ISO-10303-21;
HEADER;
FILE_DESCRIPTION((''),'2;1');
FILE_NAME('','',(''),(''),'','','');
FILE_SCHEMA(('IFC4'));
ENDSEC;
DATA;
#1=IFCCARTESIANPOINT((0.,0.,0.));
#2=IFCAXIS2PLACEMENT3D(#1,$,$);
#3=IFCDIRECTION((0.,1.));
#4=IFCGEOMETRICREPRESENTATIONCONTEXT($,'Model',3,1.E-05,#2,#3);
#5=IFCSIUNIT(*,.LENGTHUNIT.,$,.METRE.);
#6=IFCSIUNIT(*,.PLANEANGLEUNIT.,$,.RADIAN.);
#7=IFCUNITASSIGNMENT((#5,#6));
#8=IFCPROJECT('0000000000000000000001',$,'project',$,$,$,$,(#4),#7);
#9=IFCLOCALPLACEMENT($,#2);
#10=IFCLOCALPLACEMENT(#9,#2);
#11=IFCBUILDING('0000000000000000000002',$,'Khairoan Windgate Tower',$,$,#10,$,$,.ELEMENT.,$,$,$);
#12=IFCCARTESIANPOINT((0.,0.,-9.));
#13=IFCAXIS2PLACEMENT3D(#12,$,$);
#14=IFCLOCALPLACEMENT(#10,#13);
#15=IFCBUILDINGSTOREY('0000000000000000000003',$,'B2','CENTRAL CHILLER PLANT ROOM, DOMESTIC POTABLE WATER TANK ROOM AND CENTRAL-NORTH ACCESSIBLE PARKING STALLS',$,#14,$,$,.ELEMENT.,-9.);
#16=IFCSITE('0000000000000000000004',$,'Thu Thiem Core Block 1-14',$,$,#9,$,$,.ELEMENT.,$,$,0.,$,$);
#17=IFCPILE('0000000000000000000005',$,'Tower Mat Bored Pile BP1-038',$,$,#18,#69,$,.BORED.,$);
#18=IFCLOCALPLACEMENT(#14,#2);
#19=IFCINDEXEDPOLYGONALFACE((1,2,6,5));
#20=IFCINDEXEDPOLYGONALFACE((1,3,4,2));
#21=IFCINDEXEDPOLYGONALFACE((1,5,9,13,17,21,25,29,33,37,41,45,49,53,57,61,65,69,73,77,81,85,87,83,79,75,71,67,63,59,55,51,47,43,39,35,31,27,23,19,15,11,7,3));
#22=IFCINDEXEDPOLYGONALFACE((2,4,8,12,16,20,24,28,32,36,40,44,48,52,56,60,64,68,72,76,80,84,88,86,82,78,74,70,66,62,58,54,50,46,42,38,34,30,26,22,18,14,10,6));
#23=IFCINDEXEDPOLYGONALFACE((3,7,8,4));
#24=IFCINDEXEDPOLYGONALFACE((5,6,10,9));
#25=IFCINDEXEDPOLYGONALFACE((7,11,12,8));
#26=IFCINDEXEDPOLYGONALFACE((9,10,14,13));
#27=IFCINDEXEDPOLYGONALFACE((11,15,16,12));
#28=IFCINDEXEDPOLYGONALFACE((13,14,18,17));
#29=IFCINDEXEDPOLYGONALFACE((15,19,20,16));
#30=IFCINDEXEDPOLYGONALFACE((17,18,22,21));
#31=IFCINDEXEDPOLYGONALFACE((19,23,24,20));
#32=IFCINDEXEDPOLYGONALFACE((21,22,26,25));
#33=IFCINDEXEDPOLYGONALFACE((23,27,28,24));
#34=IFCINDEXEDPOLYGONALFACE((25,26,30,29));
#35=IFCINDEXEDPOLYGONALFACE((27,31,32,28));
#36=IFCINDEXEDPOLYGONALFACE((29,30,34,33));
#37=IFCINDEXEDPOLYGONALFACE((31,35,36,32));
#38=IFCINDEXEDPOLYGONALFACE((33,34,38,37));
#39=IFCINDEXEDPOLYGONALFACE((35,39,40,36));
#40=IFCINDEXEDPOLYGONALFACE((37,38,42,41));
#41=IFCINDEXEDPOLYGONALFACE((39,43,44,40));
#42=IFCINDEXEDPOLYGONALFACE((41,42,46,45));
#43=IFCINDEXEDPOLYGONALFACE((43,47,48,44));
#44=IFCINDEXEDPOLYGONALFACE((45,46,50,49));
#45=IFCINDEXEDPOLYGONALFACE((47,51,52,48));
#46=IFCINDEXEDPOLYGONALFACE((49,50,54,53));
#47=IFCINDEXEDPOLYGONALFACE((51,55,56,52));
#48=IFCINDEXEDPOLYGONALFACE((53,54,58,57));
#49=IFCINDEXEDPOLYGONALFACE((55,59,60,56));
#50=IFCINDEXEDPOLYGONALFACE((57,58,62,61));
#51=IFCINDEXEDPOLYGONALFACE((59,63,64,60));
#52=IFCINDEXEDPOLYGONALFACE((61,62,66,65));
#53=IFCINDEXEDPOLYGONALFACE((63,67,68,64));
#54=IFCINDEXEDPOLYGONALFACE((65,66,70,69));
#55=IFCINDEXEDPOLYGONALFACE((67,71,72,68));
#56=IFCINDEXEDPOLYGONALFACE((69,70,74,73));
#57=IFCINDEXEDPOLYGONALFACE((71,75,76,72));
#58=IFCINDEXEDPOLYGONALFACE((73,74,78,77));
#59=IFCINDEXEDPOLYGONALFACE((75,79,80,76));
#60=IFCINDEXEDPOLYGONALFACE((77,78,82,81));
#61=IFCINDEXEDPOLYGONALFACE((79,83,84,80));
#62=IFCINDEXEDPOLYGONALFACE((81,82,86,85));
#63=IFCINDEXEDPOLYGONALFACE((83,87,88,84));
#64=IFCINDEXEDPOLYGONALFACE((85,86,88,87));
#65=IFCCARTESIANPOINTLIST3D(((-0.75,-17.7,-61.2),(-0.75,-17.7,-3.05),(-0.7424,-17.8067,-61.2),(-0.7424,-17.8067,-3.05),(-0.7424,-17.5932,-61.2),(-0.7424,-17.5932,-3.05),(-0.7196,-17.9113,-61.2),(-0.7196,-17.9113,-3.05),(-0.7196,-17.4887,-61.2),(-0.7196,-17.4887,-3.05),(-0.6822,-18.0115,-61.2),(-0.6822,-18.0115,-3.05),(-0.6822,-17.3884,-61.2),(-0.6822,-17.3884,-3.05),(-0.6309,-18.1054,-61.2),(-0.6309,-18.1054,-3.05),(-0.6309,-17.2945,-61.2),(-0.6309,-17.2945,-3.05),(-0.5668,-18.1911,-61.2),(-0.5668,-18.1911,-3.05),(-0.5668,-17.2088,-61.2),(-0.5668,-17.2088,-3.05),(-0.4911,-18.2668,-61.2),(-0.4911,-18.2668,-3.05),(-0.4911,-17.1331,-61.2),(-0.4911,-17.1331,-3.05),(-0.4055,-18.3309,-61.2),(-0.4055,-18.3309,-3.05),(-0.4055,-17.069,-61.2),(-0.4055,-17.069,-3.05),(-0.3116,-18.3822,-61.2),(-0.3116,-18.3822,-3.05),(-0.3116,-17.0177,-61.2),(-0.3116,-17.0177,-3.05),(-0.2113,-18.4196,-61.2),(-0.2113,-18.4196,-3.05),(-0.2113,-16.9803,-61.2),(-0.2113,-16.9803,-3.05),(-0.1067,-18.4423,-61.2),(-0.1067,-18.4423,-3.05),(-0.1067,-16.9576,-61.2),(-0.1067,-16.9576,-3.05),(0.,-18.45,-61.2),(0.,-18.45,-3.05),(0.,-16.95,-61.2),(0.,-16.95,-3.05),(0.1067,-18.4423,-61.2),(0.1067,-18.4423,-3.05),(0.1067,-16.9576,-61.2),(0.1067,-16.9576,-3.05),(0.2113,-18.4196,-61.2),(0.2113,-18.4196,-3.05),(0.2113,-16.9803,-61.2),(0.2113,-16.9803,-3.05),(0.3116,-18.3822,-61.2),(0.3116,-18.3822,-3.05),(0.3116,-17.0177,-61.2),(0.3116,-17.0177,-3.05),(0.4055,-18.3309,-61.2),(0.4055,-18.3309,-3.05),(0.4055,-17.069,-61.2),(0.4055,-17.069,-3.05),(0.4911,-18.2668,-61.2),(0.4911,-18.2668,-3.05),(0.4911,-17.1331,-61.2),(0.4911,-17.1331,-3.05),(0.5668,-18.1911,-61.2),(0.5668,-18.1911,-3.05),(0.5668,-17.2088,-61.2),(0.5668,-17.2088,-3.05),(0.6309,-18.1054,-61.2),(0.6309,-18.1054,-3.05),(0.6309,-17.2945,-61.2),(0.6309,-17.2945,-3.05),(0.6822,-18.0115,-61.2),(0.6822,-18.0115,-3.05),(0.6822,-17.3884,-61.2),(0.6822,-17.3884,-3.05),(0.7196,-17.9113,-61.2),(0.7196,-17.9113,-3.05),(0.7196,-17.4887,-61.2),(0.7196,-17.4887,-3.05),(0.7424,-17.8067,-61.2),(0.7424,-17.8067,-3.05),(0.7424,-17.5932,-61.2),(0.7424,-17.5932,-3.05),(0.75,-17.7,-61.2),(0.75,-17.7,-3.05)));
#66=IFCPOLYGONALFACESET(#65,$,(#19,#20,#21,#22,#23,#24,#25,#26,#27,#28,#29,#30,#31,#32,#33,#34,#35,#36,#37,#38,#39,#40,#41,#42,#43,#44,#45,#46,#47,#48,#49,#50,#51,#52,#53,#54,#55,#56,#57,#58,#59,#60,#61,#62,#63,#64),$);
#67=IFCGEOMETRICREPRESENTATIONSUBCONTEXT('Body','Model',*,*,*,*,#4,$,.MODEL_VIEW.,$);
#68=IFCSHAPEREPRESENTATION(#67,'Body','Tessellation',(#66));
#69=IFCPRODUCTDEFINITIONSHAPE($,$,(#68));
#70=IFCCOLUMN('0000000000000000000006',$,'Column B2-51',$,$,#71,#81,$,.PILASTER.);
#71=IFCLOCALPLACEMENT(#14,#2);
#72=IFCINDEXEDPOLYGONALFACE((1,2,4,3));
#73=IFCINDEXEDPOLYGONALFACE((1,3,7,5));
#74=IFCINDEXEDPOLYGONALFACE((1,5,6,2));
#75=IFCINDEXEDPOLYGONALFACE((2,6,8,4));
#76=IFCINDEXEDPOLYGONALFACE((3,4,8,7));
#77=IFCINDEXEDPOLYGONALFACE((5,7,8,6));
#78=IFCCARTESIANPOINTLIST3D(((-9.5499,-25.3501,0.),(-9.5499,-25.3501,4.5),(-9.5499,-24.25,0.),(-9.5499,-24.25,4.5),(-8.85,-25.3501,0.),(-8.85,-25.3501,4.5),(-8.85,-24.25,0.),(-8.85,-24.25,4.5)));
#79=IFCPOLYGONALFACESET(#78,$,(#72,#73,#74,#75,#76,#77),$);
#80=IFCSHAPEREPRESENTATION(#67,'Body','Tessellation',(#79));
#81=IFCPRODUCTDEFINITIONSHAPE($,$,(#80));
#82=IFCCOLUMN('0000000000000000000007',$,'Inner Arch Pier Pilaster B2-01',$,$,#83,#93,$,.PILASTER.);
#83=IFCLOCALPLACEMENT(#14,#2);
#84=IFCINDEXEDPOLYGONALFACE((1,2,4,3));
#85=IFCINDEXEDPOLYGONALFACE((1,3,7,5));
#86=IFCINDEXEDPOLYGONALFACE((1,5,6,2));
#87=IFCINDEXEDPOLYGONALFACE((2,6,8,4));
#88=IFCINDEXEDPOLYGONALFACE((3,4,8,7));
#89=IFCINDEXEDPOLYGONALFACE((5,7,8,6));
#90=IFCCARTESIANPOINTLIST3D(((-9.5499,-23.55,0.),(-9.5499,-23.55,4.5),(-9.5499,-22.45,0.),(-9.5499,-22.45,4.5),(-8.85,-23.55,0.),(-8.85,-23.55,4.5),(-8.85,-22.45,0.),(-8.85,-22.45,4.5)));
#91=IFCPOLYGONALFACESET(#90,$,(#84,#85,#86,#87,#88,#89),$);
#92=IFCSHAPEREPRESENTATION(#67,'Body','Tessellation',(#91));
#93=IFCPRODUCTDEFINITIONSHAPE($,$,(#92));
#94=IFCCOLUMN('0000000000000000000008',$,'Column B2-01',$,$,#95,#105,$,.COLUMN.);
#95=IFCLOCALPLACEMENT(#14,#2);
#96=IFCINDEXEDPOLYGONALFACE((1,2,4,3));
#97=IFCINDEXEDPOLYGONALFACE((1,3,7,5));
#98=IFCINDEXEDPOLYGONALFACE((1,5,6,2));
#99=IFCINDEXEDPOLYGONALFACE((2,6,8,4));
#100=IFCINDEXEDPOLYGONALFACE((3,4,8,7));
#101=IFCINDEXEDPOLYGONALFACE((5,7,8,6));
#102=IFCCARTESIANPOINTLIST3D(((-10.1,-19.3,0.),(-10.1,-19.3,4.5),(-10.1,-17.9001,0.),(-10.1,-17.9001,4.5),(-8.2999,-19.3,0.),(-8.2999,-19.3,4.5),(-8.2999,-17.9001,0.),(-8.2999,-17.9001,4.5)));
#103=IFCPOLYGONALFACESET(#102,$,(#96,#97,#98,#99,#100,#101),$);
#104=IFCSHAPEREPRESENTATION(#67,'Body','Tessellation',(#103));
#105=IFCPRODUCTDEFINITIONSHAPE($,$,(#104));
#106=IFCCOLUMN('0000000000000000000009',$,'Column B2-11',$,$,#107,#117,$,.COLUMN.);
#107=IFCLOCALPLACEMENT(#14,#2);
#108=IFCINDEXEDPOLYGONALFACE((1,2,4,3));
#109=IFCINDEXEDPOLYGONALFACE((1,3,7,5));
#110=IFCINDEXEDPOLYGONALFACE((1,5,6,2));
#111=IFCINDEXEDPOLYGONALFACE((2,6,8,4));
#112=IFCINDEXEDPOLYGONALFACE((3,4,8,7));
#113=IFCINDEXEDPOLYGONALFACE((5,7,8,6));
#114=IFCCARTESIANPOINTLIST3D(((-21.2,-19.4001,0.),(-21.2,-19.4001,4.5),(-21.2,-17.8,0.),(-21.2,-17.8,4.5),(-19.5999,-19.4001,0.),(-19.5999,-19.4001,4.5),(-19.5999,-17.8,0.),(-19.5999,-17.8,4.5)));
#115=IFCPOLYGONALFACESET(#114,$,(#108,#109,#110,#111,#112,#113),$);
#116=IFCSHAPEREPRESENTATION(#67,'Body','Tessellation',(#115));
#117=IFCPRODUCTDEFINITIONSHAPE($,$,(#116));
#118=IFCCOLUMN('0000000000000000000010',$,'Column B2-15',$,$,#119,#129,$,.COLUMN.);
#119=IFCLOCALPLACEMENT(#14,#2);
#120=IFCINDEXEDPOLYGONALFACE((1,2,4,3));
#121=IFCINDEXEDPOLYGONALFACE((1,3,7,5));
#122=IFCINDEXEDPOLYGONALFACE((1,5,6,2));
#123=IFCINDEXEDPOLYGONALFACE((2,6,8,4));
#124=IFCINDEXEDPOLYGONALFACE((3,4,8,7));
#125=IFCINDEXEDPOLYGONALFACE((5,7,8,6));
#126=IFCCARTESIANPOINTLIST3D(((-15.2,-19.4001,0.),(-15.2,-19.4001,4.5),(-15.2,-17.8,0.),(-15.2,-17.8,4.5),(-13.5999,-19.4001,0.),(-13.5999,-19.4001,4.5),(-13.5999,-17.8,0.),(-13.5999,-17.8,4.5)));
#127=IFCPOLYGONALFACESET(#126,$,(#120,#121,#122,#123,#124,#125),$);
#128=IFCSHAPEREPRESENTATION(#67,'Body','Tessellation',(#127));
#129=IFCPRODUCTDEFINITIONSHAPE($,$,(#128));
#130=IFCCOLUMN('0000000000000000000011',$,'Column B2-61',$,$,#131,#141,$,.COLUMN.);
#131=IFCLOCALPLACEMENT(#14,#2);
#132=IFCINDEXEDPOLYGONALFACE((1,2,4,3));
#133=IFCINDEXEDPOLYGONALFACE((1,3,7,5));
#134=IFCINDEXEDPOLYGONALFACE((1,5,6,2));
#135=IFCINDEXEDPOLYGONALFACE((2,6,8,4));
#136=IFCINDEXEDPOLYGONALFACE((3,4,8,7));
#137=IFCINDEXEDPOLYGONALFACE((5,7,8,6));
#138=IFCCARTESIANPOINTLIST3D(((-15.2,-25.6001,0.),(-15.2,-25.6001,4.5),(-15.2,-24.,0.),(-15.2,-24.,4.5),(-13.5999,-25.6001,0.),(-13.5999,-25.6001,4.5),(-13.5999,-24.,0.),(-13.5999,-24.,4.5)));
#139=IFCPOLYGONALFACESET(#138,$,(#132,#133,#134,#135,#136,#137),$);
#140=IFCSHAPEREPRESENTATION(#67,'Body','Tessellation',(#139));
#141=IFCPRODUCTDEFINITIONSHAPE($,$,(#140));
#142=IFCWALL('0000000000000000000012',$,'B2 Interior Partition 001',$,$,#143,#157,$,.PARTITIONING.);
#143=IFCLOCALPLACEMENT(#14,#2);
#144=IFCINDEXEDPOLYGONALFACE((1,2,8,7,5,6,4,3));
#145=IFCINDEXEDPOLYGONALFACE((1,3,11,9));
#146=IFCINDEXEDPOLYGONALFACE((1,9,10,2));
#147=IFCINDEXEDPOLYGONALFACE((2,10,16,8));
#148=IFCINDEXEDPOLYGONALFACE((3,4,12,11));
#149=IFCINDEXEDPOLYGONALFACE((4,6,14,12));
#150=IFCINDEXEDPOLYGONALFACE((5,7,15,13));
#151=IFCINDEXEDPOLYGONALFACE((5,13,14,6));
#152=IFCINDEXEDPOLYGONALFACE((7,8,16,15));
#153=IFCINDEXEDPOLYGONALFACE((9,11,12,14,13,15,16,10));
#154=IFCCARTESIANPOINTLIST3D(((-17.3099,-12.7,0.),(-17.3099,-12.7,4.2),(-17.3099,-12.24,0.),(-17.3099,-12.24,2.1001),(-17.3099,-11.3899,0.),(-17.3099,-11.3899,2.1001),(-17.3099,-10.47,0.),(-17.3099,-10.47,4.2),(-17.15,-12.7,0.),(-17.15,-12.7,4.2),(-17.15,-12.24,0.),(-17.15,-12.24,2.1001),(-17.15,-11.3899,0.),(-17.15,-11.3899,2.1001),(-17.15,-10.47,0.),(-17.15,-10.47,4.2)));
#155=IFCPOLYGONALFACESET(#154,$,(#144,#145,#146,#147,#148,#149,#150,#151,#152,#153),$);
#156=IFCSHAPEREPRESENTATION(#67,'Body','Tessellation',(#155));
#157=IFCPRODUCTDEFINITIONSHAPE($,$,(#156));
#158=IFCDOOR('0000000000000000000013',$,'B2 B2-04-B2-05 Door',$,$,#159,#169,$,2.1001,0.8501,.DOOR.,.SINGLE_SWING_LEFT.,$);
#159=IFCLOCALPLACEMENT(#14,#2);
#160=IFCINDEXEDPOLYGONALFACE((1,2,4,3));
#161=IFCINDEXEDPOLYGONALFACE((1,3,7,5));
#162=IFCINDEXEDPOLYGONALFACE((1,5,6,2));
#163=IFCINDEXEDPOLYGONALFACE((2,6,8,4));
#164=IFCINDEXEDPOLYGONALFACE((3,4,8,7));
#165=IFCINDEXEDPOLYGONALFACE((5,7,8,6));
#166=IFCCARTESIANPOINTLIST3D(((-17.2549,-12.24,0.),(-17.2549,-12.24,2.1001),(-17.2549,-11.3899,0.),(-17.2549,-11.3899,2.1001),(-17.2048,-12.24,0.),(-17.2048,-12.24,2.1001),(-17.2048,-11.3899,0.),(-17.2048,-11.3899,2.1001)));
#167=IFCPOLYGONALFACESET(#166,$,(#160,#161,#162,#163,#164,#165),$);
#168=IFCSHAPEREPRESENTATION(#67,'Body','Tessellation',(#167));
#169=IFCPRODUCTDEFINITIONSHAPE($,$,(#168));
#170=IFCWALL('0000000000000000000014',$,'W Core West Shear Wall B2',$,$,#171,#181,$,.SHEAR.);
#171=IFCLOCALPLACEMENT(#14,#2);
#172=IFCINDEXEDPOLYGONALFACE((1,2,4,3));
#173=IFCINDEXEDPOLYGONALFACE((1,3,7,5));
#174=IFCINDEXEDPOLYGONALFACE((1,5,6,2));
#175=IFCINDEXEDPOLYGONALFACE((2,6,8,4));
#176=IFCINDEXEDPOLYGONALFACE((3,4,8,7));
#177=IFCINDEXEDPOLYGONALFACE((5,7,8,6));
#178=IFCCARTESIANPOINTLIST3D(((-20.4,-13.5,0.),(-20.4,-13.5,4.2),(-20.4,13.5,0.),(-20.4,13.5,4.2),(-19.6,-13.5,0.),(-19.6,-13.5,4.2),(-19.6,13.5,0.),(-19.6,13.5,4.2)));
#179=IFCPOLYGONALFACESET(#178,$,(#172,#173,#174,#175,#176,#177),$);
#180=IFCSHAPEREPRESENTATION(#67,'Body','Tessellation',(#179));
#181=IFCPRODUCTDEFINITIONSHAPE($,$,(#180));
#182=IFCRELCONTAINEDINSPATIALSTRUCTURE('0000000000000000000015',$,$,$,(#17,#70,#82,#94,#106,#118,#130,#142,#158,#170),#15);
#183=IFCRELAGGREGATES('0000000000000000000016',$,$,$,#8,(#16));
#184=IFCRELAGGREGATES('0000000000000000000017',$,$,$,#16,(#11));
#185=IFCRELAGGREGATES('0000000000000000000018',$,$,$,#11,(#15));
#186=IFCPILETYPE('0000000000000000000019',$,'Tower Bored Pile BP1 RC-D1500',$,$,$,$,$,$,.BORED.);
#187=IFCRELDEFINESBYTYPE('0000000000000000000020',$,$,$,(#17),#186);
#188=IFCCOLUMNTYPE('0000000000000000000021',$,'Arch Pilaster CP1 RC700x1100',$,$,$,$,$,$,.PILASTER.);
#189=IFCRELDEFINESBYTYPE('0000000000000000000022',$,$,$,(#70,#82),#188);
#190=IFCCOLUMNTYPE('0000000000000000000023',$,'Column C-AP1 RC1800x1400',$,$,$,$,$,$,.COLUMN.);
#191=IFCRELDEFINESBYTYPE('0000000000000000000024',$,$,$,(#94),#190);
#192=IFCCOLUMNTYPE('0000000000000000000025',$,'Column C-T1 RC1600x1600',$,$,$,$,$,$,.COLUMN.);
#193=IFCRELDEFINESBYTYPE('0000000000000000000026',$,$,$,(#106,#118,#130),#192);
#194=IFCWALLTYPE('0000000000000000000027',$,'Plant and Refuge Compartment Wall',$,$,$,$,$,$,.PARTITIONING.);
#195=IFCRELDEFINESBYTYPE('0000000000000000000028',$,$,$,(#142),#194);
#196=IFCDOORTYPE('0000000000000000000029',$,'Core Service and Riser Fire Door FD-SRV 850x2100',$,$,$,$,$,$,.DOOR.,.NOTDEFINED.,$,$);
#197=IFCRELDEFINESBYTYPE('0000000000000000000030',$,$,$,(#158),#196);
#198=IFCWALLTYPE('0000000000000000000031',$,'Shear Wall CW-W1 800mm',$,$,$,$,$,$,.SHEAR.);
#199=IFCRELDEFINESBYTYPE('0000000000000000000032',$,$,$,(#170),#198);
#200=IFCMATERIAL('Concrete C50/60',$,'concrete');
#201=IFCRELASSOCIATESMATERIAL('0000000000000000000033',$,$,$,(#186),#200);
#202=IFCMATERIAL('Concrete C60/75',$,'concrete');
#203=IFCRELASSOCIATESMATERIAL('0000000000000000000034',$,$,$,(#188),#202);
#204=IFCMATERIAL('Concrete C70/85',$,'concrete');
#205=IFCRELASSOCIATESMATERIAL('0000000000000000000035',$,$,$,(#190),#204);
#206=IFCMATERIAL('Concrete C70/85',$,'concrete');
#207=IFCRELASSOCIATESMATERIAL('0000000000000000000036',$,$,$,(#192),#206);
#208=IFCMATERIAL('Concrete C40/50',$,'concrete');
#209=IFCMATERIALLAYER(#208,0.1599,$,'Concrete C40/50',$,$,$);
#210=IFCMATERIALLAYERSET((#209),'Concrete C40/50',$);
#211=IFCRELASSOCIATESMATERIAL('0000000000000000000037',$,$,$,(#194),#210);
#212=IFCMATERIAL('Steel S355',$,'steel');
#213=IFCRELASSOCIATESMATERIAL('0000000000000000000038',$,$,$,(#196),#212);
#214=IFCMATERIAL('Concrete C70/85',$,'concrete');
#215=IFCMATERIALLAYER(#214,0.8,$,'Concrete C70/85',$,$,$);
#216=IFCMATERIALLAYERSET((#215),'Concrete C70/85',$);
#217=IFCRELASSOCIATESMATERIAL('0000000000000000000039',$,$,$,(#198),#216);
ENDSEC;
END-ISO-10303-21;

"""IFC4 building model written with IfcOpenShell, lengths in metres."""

from ifc_helpers import new_model, si_unit, direction, frame, frame_2d, origin, origin_2d, place, context, subcontext, project, spatial, rectangle, circle, extrude, material, layer, layer_set, material_profile, profile_set, type_object, element, fill, save


model = new_model("IFC4")

# Units and contexts
model_context = context("Model", 3, precision=1e-05, world=origin(), true_north=direction((0.0, 1.0)))
body_context = subcontext(model_context, "Body", "Model", "MODEL_VIEW")
ifc_project = project(units=[si_unit("LENGTHUNIT", "METRE"), si_unit("PLANEANGLEUNIT", "RADIAN")], contexts=[model_context])

# Site, building, storey
site_placement = place(None, origin())
site = spatial("IfcSite", under=ifc_project, at=site_placement, Name="Thu Thiem Core Block 1-14", CompositionType="ELEMENT", RefElevation=0.0)
building_placement = place(site_placement, origin())
building = spatial("IfcBuilding", under=site, at=building_placement, Name="Khairoan Windgate Tower", CompositionType="ELEMENT")
storey_placement = place(building_placement, frame((0.0, 0.0, -9.0)))
storey = spatial("IfcBuildingStorey", under=building, at=storey_placement, Name="B2", Description="CENTRAL CHILLER PLANT ROOM, DOMESTIC POTABLE WATER TANK ROOM AND CENTRAL-NORTH ACCESSIBLE PARKING STALLS", CompositionType="ELEMENT", Elevation=-9.0)

# Pile
ifc_material_1 = material(Name="Concrete C50/60", Category="concrete")
ifc_material_profile_1 = material_profile(ifc_material_1, circle(Radius=0.75, at=origin_2d()))
ifc_profile_set_1 = profile_set([ifc_material_profile_1], Name="Concrete C50/60")
pile_type = type_object("IfcPileType", Name="Tower Bored Pile BP1 RC-D1500", PredefinedType="BORED", material=ifc_profile_set_1)
for number, where, z_axis, x_axis, name in (
    (1, (0.0, -17.7, -3.05), (0.0, 0.0, -1.0), (1.0, 0.0, 0.0), "Tower Mat Bored Pile BP1-038"),
):
    element("IfcPile", number, at=place(storey_placement, frame(where, z_axis=z_axis, x_axis=x_axis)), inside=storey, type_object=pile_type, Name=name, PredefinedType="BORED", context=body_context, shape_type="SweptSolid", body=[
        extrude(circle(Radius=0.75, at=origin_2d()), origin(), (0.0, 0.0, 1.0), 58.1499),
    ])

# Columns
ifc_material_2 = material(Name="Concrete C60/75", Category="concrete")
ifc_material_profile_2 = material_profile(ifc_material_2, rectangle(XDim=0.7, YDim=1.1001, at=origin_2d()))
ifc_profile_set_2 = profile_set([ifc_material_profile_2], Name="Concrete C60/75")
column_type_1 = type_object("IfcColumnType", Name="Arch Pilaster CP1 RC700x1100", PredefinedType="PILASTER", material=ifc_profile_set_2)
for number, where, z_axis, x_axis, name in (
    (2, (-9.2, -24.8, 0.0), (0.0, 0.0, 1.0), (1.0, 0.0, 0.0), "Column B2-51"),
    (3, (-9.2, -23.0, 0.0), (0.0, 0.0, 1.0), (1.0, 0.0, 0.0), "Inner Arch Pier Pilaster B2-01"),
):
    element("IfcColumn", number, at=place(storey_placement, frame(where, z_axis=z_axis, x_axis=x_axis)), inside=storey, type_object=column_type_1, Name=name, PredefinedType="PILASTER", context=body_context, shape_type="SweptSolid", body=[
        extrude(rectangle(XDim=0.7, YDim=1.1001, at=origin_2d()), origin(), (0.0, 0.0, 1.0), 4.5),
    ])
ifc_material_3 = material(Name="Concrete C70/85", Category="concrete")
ifc_material_profile_3 = material_profile(ifc_material_3, rectangle(XDim=1.8, YDim=1.3999, at=origin_2d()))
ifc_profile_set_3 = profile_set([ifc_material_profile_3], Name="Concrete C70/85")
column_type_2 = type_object("IfcColumnType", Name="Column C-AP1 RC1800x1400", PredefinedType="COLUMN", material=ifc_profile_set_3)
column_placement = place(storey_placement, frame((-9.2, -18.6001, 0.0), z_axis=(0.0, 0.0, 1.0), x_axis=(1.0, 0.0, 0.0)))
element("IfcColumn", 4, at=column_placement, inside=storey, type_object=column_type_2, Name="Column B2-01", PredefinedType="COLUMN", context=body_context, shape_type="SweptSolid", body=[
    extrude(rectangle(XDim=1.8, YDim=1.3999, at=origin_2d()), origin(), (0.0, 0.0, 1.0), 4.5),
])
ifc_material_4 = material(Name="Concrete C70/85", Category="concrete")
ifc_material_profile_4 = material_profile(ifc_material_4, rectangle(XDim=1.6001, YDim=1.6001, at=origin_2d()))
ifc_profile_set_4 = profile_set([ifc_material_profile_4], Name="Concrete C70/85")
column_type_3 = type_object("IfcColumnType", Name="Column C-T1 RC1600x1600", PredefinedType="COLUMN", material=ifc_profile_set_4)
for number, where, z_axis, x_axis, name in (
    (5, (-20.3999, -18.6001, 0.0), (0.0, 0.0, 1.0), (1.0, 0.0, 0.0), "Column B2-11"),
    (6, (-14.3999, -18.6001, 0.0), (0.0, 0.0, 1.0), (1.0, 0.0, 0.0), "Column B2-15"),
    (7, (-14.3999, -24.8, 0.0), (0.0, 0.0, 1.0), (1.0, 0.0, 0.0), "Column B2-61"),
):
    element("IfcColumn", number, at=place(storey_placement, frame(where, z_axis=z_axis, x_axis=x_axis)), inside=storey, type_object=column_type_3, Name=name, PredefinedType="COLUMN", context=body_context, shape_type="SweptSolid", body=[
        extrude(rectangle(XDim=1.6001, YDim=1.6001, at=origin_2d()), origin(), (0.0, 0.0, 1.0), 4.5),
    ])

# Wall, opening, door
ifc_material_5 = material(Name="Concrete C40/50", Category="concrete")
ifc_layer_1 = layer(ifc_material_5, 0.1599, Name="Concrete C40/50")
ifc_layer_set_1 = layer_set([ifc_layer_1], Name="Concrete C40/50")
wall_type_1 = type_object("IfcWallType", Name="Plant and Refuge Compartment Wall", PredefinedType="PARTITIONING", material=ifc_layer_set_1)
wall_1_placement = place(storey_placement, frame((-17.23, -12.7, 0.0), z_axis=(0.0, 0.0, 1.0), x_axis=(0.0, 1.0, 0.0)))
wall_1 = element("IfcWall", 8, at=wall_1_placement, inside=storey, type_object=wall_type_1, Name="B2 Interior Partition 001", PredefinedType="PARTITIONING", context=body_context, shape_type="SweptSolid", body=[
    extrude(rectangle(XDim=2.23, YDim=0.1599, at=frame_2d((1.115, 0.0))), origin(), (0.0, 0.0, 1.0), 4.2),
])
opening_1_placement = place(wall_1_placement, frame((0.46, 0.0, 0.0)))
opening_1 = element("IfcOpeningElement", 9, at=opening_1_placement, cuts=wall_1, PredefinedType="OPENING", context=body_context, shape_type="SweptSolid", body=[
    extrude(rectangle(XDim=0.8501, YDim=2.1001, at=frame_2d((0.425, 1.05))), frame((0.0, 0.0898, 0.0), z_axis=(0.0, -1.0, 0.0), x_axis=(1.0, 0.0, 0.0)), (0.0, 0.0, 1.0), 0.1799),
])
ifc_material_6 = material(Name="Steel S355", Category="steel")
door_type_1 = type_object("IfcDoorType", Name="Core Service and Riser Fire Door FD-SRV 850x2100", OperationType="NOTDEFINED", PredefinedType="DOOR", material=ifc_material_6)
door_1_placement = place(opening_1_placement, origin())
door_1 = element("IfcDoor", 10, at=door_1_placement, inside=storey, type_object=door_type_1, Name="B2 B2-04-B2-05 Door", OperationType="SINGLE_SWING_LEFT", OverallHeight=2.1001, OverallWidth=0.8501, PredefinedType="DOOR", context=body_context, shape_type="SweptSolid", body=[
    extrude(rectangle(XDim=0.8501, YDim=2.1001, at=frame_2d((0.425, 1.05))), frame((0.0, 0.0249, 0.0), z_axis=(0.0, -1.0, 0.0), x_axis=(1.0, 0.0, 0.0)), (0.0, 0.0, 1.0), 0.05),
])
fill(opening_1, door_1)

# Wall
ifc_material_7 = material(Name="Concrete C70/85", Category="concrete")
ifc_layer_2 = layer(ifc_material_7, 0.8, Name="Concrete C70/85")
ifc_layer_set_2 = layer_set([ifc_layer_2], Name="Concrete C70/85")
wall_type_2 = type_object("IfcWallType", Name="Shear Wall CW-W1 800mm", PredefinedType="SHEAR", material=ifc_layer_set_2)
wall_2_placement = place(storey_placement, frame((-20.0, -13.5, 0.0), z_axis=(0.0, 0.0, 1.0), x_axis=(0.0, 1.0, 0.0)))
element("IfcWall", 11, at=wall_2_placement, inside=storey, type_object=wall_type_2, Name="W Core West Shear Wall B2", PredefinedType="SHEAR", context=body_context, shape_type="SweptSolid", body=[
    extrude(rectangle(XDim=27.0, YDim=0.8, at=frame_2d((13.5, 0.0))), origin(), (0.0, 0.0, 1.0), 4.2),
])

save(model, "model.ifc")
